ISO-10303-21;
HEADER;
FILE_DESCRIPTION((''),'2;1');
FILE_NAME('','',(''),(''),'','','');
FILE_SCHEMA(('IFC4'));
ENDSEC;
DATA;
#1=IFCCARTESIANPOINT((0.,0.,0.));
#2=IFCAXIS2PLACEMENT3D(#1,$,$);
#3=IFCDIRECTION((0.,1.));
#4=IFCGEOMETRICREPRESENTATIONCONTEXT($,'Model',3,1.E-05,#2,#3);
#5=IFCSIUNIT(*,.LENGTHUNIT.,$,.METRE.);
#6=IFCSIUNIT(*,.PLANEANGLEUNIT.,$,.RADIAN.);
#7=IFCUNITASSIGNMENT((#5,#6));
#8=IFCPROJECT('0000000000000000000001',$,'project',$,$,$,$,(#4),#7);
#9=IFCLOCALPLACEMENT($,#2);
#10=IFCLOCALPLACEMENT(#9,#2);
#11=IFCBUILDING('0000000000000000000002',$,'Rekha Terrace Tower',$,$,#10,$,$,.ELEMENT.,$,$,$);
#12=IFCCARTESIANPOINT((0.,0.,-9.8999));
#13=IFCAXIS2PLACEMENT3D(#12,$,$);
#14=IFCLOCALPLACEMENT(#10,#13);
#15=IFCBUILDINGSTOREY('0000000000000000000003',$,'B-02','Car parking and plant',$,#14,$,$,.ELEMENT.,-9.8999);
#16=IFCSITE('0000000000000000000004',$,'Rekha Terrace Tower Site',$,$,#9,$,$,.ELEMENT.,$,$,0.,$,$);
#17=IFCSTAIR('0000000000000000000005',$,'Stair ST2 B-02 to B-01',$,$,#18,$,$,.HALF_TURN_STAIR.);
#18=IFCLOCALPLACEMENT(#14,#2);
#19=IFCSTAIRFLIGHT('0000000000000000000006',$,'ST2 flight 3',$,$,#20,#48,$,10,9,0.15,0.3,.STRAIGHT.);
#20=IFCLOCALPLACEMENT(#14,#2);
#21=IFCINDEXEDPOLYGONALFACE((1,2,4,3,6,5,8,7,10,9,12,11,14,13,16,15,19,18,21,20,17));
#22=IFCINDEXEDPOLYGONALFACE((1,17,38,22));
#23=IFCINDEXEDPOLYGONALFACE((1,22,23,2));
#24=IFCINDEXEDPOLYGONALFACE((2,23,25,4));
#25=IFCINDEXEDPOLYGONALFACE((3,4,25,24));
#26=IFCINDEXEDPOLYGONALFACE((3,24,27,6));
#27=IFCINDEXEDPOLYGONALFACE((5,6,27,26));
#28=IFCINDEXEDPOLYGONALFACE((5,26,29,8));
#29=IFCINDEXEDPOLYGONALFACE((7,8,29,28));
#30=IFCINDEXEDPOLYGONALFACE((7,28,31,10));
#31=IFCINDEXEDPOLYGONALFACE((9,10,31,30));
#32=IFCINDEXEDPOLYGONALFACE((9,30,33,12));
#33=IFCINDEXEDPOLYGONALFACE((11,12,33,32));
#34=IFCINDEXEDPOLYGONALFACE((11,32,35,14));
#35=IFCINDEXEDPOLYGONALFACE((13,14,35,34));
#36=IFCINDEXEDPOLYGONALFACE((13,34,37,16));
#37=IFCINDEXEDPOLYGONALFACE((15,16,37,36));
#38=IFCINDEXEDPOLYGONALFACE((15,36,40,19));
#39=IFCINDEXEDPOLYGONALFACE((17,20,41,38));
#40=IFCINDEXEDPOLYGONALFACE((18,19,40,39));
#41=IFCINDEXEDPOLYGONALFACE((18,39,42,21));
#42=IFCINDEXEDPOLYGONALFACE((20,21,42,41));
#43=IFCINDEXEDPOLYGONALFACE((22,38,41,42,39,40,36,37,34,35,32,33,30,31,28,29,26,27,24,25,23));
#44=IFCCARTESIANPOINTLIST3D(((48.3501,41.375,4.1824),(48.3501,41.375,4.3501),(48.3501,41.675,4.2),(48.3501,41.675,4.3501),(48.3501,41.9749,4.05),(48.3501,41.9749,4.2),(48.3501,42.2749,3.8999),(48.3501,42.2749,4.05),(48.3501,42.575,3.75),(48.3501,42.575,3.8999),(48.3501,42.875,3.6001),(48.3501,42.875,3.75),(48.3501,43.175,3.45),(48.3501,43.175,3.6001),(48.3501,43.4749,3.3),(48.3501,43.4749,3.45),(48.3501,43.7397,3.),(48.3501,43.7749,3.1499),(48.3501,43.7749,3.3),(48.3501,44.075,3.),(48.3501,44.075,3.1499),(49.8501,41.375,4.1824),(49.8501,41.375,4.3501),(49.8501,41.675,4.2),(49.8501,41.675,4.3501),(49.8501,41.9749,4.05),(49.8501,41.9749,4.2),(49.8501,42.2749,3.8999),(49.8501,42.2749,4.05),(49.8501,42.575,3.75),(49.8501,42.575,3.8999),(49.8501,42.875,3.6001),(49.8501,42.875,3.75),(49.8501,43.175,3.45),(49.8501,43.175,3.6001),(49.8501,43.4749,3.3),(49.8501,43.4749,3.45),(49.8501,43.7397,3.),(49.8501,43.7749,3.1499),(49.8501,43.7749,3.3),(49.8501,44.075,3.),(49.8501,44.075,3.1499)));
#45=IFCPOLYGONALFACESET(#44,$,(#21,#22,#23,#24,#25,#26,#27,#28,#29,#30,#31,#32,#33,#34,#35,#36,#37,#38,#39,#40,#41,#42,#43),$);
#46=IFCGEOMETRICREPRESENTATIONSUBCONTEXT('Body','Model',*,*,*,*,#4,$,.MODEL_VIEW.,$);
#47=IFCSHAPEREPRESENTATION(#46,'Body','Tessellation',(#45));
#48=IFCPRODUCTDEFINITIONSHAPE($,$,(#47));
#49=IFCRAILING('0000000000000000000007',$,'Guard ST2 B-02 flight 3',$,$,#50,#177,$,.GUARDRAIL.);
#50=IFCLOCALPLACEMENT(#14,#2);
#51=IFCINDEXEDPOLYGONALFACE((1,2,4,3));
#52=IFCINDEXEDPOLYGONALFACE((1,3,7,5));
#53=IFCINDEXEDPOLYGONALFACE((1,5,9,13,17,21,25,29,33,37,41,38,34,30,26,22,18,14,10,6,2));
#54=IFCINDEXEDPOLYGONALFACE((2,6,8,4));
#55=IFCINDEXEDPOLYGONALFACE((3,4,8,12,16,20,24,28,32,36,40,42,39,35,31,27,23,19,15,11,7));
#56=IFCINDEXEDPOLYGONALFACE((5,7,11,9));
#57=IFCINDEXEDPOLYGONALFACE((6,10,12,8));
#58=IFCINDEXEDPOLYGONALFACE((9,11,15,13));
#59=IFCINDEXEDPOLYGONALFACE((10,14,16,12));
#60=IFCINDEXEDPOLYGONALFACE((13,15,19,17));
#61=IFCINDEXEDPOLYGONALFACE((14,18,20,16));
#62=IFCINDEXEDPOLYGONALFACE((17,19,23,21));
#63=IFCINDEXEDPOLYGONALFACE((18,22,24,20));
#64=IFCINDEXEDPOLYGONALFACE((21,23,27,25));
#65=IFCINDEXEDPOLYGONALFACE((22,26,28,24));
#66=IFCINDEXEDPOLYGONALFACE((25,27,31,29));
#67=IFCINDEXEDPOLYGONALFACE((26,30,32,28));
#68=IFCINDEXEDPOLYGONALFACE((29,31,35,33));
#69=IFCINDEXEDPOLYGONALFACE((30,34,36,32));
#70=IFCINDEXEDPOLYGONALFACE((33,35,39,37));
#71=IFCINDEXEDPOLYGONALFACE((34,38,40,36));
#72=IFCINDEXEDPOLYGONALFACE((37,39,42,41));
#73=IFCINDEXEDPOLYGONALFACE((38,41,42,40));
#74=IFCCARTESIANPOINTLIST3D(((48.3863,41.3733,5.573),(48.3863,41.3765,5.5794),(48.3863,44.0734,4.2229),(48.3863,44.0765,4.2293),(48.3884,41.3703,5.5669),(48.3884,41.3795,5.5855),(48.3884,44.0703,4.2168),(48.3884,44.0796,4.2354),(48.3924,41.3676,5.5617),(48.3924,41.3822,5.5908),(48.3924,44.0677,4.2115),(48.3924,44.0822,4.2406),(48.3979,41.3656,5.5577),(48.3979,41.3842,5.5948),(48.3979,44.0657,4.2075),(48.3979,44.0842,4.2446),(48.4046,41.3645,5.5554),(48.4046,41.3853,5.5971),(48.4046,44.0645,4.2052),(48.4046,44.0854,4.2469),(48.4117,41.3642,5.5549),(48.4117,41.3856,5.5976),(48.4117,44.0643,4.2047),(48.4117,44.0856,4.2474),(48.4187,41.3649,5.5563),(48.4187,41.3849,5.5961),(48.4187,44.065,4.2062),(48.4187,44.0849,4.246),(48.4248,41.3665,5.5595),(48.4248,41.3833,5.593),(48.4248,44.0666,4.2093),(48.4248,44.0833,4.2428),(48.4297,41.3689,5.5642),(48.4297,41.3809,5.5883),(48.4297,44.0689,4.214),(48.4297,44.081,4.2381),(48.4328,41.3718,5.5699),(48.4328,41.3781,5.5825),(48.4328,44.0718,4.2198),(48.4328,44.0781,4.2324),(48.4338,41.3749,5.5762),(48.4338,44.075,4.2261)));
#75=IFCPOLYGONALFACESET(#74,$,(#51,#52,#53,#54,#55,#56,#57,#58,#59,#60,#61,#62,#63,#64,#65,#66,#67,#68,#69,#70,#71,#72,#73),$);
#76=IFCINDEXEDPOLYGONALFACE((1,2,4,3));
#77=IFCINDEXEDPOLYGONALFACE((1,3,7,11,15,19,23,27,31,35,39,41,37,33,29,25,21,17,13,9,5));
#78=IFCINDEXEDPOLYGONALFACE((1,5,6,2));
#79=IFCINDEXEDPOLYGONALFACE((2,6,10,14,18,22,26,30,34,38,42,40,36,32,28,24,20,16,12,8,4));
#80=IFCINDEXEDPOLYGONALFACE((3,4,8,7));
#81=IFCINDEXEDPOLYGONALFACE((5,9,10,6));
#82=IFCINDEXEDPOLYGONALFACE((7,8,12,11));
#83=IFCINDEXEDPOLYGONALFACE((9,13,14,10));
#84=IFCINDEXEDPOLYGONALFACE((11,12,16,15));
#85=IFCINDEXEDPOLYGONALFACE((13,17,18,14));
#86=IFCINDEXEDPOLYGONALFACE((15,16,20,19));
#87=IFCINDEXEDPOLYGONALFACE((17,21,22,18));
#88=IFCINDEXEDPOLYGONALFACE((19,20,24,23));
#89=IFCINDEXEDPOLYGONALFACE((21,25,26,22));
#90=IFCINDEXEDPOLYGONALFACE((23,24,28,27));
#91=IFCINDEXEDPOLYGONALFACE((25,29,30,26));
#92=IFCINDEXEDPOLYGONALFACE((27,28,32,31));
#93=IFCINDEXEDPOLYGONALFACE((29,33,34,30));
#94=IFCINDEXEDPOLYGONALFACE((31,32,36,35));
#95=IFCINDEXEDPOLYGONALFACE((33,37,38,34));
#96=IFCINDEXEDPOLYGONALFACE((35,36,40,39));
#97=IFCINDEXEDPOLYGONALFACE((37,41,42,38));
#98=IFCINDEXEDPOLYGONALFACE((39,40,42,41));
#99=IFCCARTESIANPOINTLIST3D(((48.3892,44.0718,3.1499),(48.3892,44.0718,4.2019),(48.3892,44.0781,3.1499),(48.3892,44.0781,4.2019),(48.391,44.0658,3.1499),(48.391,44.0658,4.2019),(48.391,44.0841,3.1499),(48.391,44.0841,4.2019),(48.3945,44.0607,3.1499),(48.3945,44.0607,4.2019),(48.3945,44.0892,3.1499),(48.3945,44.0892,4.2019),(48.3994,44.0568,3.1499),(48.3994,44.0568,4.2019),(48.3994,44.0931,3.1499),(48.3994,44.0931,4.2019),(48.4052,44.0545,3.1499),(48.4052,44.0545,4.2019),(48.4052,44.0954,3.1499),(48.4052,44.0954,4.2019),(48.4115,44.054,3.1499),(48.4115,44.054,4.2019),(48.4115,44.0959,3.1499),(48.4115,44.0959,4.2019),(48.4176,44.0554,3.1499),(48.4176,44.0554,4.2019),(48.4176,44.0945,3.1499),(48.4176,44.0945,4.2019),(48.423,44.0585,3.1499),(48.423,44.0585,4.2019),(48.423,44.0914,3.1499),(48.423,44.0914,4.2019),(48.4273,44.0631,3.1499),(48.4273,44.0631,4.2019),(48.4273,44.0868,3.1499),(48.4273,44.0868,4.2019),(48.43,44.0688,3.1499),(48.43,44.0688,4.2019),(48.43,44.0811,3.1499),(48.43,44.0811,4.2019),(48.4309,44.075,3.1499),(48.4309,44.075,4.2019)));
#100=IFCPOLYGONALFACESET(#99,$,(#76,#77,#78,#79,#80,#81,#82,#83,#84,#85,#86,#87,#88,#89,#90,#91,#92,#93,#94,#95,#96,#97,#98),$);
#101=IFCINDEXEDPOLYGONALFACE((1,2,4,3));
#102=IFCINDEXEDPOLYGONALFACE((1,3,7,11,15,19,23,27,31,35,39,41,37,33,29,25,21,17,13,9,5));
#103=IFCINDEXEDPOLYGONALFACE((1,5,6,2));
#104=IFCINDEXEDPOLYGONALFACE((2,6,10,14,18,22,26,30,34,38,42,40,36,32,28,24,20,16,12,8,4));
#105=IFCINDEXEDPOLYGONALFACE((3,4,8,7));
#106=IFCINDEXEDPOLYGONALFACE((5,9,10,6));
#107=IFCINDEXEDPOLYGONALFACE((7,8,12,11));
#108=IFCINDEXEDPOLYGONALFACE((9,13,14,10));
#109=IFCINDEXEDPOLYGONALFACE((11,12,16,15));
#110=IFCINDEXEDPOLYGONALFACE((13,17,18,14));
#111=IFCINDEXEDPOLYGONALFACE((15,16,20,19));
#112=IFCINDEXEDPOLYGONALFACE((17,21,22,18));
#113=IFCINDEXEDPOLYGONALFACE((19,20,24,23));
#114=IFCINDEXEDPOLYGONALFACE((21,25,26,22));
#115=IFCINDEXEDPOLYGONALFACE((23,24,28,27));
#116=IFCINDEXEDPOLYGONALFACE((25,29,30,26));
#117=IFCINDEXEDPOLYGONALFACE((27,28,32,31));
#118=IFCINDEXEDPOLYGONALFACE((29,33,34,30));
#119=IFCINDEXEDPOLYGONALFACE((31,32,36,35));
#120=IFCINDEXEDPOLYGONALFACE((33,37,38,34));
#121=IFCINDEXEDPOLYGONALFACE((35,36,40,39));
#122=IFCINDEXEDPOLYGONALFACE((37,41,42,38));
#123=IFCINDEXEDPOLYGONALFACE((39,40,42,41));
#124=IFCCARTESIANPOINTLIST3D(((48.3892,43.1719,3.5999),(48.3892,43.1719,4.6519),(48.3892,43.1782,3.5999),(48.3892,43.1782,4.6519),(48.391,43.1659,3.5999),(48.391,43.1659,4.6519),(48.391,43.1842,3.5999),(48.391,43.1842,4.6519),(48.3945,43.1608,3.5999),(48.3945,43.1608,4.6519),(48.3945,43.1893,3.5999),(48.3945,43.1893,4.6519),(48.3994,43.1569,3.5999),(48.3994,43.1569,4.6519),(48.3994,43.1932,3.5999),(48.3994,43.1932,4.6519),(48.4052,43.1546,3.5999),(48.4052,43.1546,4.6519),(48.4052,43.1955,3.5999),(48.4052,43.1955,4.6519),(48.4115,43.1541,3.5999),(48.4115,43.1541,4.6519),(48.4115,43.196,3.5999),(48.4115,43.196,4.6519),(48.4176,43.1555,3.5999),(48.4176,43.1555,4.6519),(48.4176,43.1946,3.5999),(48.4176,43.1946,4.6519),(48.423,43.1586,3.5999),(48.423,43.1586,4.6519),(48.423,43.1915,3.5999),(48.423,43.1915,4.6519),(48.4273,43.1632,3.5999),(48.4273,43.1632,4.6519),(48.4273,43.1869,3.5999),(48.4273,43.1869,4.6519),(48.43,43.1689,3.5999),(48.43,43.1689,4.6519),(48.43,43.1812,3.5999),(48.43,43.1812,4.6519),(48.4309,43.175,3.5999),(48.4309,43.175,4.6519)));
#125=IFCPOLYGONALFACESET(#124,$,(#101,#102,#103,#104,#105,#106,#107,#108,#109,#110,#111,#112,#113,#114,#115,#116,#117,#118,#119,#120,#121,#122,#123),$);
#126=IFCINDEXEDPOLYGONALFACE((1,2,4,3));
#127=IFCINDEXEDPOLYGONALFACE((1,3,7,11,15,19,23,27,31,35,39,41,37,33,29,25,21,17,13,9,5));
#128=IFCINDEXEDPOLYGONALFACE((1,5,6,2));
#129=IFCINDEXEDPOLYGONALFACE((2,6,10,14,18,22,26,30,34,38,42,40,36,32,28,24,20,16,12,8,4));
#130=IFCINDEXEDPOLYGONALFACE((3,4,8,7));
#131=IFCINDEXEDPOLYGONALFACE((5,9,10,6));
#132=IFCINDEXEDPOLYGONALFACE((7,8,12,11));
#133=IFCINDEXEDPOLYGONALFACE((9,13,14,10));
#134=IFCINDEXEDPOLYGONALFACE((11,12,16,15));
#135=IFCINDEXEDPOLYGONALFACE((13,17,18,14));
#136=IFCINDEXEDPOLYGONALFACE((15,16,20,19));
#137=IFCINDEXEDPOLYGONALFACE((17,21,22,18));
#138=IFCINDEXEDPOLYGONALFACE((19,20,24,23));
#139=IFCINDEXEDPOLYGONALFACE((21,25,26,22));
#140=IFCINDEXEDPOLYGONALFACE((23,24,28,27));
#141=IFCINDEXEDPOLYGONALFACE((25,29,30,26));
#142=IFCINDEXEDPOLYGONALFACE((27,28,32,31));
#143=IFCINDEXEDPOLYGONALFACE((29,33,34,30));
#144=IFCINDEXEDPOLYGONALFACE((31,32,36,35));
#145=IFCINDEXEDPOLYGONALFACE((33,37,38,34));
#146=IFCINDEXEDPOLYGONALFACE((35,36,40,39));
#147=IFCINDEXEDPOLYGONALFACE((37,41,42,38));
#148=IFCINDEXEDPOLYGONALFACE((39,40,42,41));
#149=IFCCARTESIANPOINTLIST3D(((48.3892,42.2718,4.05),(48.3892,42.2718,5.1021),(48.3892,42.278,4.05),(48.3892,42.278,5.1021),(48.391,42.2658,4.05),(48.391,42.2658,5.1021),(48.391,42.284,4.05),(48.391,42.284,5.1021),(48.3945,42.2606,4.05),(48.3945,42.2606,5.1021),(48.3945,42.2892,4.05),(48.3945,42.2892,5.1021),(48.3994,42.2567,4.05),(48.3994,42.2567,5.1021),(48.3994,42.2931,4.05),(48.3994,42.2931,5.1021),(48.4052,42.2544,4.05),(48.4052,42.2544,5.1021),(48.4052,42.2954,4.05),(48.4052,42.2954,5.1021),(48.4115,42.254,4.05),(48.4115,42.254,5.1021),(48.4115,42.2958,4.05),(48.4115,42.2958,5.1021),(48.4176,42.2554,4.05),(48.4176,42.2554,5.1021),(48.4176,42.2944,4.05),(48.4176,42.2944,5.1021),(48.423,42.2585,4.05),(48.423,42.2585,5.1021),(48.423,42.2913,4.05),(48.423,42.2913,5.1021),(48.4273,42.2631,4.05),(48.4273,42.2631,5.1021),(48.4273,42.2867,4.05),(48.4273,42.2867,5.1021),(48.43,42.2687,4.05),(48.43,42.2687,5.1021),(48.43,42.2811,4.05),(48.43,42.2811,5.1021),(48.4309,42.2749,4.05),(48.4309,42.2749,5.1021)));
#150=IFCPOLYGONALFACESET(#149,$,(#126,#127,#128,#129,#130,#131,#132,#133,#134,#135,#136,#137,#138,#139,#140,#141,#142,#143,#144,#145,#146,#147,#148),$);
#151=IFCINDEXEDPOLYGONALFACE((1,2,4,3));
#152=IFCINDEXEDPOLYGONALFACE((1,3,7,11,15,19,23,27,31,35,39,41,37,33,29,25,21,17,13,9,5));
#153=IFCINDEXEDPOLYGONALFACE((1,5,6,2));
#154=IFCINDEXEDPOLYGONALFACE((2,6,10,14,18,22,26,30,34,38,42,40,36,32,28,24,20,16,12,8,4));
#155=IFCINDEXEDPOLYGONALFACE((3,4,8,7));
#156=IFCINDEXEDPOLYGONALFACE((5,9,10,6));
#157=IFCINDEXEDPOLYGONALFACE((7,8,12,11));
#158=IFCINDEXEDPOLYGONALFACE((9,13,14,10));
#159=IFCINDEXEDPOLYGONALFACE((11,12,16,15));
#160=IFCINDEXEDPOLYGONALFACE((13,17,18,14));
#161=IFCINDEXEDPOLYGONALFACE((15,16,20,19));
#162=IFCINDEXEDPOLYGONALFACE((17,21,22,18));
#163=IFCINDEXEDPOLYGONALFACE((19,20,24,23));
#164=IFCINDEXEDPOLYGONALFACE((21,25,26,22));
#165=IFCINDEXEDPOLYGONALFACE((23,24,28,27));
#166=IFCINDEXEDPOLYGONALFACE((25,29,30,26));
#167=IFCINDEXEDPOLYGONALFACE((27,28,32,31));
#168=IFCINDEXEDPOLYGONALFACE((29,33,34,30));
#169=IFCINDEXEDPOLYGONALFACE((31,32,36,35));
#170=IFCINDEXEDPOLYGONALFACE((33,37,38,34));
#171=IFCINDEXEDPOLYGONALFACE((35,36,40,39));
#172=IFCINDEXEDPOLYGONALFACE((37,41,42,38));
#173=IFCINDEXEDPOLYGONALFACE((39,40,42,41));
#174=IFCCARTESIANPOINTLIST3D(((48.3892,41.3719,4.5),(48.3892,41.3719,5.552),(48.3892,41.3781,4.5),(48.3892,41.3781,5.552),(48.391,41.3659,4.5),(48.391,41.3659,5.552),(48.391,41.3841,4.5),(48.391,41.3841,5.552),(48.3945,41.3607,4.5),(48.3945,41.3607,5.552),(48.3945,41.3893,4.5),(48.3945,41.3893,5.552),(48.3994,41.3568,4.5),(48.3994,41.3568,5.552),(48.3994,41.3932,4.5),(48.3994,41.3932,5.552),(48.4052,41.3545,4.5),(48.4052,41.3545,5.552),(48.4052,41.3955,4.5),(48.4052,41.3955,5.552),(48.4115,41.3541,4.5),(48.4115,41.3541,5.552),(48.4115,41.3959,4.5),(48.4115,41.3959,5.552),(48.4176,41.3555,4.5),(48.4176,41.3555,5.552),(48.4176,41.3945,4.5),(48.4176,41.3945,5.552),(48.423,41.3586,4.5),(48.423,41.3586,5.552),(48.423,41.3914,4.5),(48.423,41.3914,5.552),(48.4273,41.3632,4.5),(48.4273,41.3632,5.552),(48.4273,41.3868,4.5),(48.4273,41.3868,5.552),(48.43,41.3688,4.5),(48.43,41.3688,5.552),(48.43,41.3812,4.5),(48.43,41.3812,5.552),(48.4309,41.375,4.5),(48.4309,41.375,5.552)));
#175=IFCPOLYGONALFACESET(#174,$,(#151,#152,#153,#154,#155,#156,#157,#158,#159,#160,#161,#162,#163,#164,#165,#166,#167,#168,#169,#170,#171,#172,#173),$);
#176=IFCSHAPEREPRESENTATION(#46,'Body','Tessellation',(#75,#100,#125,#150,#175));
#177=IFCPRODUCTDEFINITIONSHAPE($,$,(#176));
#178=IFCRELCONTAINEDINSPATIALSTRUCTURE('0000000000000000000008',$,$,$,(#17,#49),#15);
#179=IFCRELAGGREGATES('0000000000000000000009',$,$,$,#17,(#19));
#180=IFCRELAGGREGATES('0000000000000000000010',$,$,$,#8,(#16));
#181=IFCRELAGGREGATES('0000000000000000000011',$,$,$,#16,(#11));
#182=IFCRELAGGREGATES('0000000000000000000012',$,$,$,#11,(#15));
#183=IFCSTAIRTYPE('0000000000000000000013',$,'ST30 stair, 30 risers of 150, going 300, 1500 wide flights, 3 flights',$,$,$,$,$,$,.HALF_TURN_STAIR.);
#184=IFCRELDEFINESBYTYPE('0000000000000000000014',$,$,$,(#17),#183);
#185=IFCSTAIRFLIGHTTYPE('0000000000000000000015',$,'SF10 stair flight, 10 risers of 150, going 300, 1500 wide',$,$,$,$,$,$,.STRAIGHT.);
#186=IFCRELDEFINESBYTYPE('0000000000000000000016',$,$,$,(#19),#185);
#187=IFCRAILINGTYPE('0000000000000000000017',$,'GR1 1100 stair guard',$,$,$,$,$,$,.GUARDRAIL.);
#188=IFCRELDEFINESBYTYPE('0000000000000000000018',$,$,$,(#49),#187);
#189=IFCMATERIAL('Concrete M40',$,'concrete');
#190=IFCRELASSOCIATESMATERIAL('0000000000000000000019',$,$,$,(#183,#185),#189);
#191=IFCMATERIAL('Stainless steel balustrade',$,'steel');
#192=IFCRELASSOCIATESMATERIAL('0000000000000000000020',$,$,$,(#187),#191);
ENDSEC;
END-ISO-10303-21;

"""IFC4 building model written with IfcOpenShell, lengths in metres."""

from ifc_helpers import new_model, si_unit, direction, frame, origin, origin_2d, place, context, subcontext, project, spatial, polyline, circle, outline, extrude, material, type_object, element, aggregate, save


model = new_model("IFC4")

# Units and contexts
model_context = context("Model", 3, precision=1e-05, world=origin(), true_north=direction((0.0, 1.0)))
body_context = subcontext(model_context, "Body", "Model", "MODEL_VIEW")
ifc_project = project(units=[si_unit("LENGTHUNIT", "METRE"), si_unit("PLANEANGLEUNIT", "RADIAN")], contexts=[model_context])

# Site, building, storey
site_placement = place(None, origin())
site = spatial("IfcSite", under=ifc_project, at=site_placement, Name="Rekha Terrace Tower Site", CompositionType="ELEMENT", RefElevation=0.0)
building_placement = place(site_placement, origin())
building = spatial("IfcBuilding", under=site, at=building_placement, Name="Rekha Terrace Tower", CompositionType="ELEMENT")
storey_placement = place(building_placement, frame((0.0, 0.0, -9.8999)))
storey = spatial("IfcBuildingStorey", under=building, at=storey_placement, Name="B-02", Description="Car parking and plant", CompositionType="ELEMENT", Elevation=-9.8999)

# Stair, stair flight
ifc_material_1 = material(Name="Concrete M40", Category="concrete")
stair_type = type_object("IfcStairType", Name="ST30 stair, 30 risers of 150, going 300, 1500 wide flights, 3 flights", PredefinedType="HALF_TURN_STAIR", material=ifc_material_1)
stair_placement = place(storey_placement, origin())
stair = element("IfcStair", 1, at=stair_placement, inside=storey, type_object=stair_type, Name="Stair ST2 B-02 to B-01", PredefinedType="HALF_TURN_STAIR")
stair_flight_type = type_object("IfcStairFlightType", Name="SF10 stair flight, 10 risers of 150, going 300, 1500 wide", PredefinedType="STRAIGHT", material=ifc_material_1)
stair_flight_placement = place(storey_placement, frame((49.1001, 44.075, 3.0), z_axis=(0.0, 0.0, 1.0), x_axis=(0.0, -1.0, 0.0)))
stair_flight = element("IfcStairFlight", 2, at=stair_flight_placement, type_object=stair_flight_type, Name="ST2 flight 3", NumberOfRisers=10, NumberOfTreads=9, PredefinedType="STRAIGHT", RiserHeight=0.15, TreadLength=0.3, context=body_context, shape_type="SweptSolid", body=[
    extrude(outline(polyline([(0.0, 0.0), (0.0, 0.1499), (0.3, 0.1499), (0.3, 0.3), (0.6001, 0.3), (0.6001, 0.45), (0.8999, 0.45), (0.8999, 0.6001), (1.2, 0.6001), (1.2, 0.75), (1.5, 0.75), (1.5, 0.8999), (1.8, 0.8999), (1.8, 1.05), (2.1001, 1.05), (2.1001, 1.2), (2.3999, 1.2), (2.3999, 1.3501), (2.7, 1.3501), (2.7, 1.5), (2.7, 1.1824), (0.3352, 0.0), (0.0, 0.0)])), frame((0.0, 0.75, 0.0), z_axis=(0.0, -1.0, 0.0), x_axis=(1.0, 0.0, 0.0)), (0.0, 0.0, 1.0), 1.5),
])
aggregate(stair, [stair_flight])

# Railing
ifc_material_2 = material(Name="Stainless steel balustrade", Category="steel")
railing_type_1 = type_object("IfcRailingType", Name="GR1 1100 stair guard", PredefinedType="GUARDRAIL", material=ifc_material_2)
railing_1_placement = place(storey_placement, frame((48.4099, 44.075, 3.1499)))
element("IfcRailing", 3, at=railing_1_placement, inside=storey, type_object=railing_type_1, Name="Guard ST2 B-02 flight 3", PredefinedType="GUARDRAIL", context=body_context, shape_type="SweptSolid", body=[
    extrude(circle(Radius=0.0239, at=origin_2d()), frame((0.0, 0.0, 1.0762), z_axis=(0.0, -0.894411, 0.447246), x_axis=(1.0, 0.0, 0.0)), (0.0, 0.0, 1.0), 3.0188),
    extrude(circle(Radius=0.021, at=origin_2d()), origin(), (0.0, 0.0, 1.0), 1.052),
    extrude(circle(Radius=0.021, at=origin_2d()), frame((0.0, -0.8999, 0.45)), (0.0, 0.0, 1.0), 1.052),
    extrude(circle(Radius=0.021, at=origin_2d()), frame((0.0, -1.8, 0.9001)), (0.0, 0.0, 1.0), 1.052),
    extrude(circle(Radius=0.021, at=origin_2d()), frame((0.0, -2.7, 1.3501)), (0.0, 0.0, 1.0), 1.052),
])

save(model, "model.ifc")
